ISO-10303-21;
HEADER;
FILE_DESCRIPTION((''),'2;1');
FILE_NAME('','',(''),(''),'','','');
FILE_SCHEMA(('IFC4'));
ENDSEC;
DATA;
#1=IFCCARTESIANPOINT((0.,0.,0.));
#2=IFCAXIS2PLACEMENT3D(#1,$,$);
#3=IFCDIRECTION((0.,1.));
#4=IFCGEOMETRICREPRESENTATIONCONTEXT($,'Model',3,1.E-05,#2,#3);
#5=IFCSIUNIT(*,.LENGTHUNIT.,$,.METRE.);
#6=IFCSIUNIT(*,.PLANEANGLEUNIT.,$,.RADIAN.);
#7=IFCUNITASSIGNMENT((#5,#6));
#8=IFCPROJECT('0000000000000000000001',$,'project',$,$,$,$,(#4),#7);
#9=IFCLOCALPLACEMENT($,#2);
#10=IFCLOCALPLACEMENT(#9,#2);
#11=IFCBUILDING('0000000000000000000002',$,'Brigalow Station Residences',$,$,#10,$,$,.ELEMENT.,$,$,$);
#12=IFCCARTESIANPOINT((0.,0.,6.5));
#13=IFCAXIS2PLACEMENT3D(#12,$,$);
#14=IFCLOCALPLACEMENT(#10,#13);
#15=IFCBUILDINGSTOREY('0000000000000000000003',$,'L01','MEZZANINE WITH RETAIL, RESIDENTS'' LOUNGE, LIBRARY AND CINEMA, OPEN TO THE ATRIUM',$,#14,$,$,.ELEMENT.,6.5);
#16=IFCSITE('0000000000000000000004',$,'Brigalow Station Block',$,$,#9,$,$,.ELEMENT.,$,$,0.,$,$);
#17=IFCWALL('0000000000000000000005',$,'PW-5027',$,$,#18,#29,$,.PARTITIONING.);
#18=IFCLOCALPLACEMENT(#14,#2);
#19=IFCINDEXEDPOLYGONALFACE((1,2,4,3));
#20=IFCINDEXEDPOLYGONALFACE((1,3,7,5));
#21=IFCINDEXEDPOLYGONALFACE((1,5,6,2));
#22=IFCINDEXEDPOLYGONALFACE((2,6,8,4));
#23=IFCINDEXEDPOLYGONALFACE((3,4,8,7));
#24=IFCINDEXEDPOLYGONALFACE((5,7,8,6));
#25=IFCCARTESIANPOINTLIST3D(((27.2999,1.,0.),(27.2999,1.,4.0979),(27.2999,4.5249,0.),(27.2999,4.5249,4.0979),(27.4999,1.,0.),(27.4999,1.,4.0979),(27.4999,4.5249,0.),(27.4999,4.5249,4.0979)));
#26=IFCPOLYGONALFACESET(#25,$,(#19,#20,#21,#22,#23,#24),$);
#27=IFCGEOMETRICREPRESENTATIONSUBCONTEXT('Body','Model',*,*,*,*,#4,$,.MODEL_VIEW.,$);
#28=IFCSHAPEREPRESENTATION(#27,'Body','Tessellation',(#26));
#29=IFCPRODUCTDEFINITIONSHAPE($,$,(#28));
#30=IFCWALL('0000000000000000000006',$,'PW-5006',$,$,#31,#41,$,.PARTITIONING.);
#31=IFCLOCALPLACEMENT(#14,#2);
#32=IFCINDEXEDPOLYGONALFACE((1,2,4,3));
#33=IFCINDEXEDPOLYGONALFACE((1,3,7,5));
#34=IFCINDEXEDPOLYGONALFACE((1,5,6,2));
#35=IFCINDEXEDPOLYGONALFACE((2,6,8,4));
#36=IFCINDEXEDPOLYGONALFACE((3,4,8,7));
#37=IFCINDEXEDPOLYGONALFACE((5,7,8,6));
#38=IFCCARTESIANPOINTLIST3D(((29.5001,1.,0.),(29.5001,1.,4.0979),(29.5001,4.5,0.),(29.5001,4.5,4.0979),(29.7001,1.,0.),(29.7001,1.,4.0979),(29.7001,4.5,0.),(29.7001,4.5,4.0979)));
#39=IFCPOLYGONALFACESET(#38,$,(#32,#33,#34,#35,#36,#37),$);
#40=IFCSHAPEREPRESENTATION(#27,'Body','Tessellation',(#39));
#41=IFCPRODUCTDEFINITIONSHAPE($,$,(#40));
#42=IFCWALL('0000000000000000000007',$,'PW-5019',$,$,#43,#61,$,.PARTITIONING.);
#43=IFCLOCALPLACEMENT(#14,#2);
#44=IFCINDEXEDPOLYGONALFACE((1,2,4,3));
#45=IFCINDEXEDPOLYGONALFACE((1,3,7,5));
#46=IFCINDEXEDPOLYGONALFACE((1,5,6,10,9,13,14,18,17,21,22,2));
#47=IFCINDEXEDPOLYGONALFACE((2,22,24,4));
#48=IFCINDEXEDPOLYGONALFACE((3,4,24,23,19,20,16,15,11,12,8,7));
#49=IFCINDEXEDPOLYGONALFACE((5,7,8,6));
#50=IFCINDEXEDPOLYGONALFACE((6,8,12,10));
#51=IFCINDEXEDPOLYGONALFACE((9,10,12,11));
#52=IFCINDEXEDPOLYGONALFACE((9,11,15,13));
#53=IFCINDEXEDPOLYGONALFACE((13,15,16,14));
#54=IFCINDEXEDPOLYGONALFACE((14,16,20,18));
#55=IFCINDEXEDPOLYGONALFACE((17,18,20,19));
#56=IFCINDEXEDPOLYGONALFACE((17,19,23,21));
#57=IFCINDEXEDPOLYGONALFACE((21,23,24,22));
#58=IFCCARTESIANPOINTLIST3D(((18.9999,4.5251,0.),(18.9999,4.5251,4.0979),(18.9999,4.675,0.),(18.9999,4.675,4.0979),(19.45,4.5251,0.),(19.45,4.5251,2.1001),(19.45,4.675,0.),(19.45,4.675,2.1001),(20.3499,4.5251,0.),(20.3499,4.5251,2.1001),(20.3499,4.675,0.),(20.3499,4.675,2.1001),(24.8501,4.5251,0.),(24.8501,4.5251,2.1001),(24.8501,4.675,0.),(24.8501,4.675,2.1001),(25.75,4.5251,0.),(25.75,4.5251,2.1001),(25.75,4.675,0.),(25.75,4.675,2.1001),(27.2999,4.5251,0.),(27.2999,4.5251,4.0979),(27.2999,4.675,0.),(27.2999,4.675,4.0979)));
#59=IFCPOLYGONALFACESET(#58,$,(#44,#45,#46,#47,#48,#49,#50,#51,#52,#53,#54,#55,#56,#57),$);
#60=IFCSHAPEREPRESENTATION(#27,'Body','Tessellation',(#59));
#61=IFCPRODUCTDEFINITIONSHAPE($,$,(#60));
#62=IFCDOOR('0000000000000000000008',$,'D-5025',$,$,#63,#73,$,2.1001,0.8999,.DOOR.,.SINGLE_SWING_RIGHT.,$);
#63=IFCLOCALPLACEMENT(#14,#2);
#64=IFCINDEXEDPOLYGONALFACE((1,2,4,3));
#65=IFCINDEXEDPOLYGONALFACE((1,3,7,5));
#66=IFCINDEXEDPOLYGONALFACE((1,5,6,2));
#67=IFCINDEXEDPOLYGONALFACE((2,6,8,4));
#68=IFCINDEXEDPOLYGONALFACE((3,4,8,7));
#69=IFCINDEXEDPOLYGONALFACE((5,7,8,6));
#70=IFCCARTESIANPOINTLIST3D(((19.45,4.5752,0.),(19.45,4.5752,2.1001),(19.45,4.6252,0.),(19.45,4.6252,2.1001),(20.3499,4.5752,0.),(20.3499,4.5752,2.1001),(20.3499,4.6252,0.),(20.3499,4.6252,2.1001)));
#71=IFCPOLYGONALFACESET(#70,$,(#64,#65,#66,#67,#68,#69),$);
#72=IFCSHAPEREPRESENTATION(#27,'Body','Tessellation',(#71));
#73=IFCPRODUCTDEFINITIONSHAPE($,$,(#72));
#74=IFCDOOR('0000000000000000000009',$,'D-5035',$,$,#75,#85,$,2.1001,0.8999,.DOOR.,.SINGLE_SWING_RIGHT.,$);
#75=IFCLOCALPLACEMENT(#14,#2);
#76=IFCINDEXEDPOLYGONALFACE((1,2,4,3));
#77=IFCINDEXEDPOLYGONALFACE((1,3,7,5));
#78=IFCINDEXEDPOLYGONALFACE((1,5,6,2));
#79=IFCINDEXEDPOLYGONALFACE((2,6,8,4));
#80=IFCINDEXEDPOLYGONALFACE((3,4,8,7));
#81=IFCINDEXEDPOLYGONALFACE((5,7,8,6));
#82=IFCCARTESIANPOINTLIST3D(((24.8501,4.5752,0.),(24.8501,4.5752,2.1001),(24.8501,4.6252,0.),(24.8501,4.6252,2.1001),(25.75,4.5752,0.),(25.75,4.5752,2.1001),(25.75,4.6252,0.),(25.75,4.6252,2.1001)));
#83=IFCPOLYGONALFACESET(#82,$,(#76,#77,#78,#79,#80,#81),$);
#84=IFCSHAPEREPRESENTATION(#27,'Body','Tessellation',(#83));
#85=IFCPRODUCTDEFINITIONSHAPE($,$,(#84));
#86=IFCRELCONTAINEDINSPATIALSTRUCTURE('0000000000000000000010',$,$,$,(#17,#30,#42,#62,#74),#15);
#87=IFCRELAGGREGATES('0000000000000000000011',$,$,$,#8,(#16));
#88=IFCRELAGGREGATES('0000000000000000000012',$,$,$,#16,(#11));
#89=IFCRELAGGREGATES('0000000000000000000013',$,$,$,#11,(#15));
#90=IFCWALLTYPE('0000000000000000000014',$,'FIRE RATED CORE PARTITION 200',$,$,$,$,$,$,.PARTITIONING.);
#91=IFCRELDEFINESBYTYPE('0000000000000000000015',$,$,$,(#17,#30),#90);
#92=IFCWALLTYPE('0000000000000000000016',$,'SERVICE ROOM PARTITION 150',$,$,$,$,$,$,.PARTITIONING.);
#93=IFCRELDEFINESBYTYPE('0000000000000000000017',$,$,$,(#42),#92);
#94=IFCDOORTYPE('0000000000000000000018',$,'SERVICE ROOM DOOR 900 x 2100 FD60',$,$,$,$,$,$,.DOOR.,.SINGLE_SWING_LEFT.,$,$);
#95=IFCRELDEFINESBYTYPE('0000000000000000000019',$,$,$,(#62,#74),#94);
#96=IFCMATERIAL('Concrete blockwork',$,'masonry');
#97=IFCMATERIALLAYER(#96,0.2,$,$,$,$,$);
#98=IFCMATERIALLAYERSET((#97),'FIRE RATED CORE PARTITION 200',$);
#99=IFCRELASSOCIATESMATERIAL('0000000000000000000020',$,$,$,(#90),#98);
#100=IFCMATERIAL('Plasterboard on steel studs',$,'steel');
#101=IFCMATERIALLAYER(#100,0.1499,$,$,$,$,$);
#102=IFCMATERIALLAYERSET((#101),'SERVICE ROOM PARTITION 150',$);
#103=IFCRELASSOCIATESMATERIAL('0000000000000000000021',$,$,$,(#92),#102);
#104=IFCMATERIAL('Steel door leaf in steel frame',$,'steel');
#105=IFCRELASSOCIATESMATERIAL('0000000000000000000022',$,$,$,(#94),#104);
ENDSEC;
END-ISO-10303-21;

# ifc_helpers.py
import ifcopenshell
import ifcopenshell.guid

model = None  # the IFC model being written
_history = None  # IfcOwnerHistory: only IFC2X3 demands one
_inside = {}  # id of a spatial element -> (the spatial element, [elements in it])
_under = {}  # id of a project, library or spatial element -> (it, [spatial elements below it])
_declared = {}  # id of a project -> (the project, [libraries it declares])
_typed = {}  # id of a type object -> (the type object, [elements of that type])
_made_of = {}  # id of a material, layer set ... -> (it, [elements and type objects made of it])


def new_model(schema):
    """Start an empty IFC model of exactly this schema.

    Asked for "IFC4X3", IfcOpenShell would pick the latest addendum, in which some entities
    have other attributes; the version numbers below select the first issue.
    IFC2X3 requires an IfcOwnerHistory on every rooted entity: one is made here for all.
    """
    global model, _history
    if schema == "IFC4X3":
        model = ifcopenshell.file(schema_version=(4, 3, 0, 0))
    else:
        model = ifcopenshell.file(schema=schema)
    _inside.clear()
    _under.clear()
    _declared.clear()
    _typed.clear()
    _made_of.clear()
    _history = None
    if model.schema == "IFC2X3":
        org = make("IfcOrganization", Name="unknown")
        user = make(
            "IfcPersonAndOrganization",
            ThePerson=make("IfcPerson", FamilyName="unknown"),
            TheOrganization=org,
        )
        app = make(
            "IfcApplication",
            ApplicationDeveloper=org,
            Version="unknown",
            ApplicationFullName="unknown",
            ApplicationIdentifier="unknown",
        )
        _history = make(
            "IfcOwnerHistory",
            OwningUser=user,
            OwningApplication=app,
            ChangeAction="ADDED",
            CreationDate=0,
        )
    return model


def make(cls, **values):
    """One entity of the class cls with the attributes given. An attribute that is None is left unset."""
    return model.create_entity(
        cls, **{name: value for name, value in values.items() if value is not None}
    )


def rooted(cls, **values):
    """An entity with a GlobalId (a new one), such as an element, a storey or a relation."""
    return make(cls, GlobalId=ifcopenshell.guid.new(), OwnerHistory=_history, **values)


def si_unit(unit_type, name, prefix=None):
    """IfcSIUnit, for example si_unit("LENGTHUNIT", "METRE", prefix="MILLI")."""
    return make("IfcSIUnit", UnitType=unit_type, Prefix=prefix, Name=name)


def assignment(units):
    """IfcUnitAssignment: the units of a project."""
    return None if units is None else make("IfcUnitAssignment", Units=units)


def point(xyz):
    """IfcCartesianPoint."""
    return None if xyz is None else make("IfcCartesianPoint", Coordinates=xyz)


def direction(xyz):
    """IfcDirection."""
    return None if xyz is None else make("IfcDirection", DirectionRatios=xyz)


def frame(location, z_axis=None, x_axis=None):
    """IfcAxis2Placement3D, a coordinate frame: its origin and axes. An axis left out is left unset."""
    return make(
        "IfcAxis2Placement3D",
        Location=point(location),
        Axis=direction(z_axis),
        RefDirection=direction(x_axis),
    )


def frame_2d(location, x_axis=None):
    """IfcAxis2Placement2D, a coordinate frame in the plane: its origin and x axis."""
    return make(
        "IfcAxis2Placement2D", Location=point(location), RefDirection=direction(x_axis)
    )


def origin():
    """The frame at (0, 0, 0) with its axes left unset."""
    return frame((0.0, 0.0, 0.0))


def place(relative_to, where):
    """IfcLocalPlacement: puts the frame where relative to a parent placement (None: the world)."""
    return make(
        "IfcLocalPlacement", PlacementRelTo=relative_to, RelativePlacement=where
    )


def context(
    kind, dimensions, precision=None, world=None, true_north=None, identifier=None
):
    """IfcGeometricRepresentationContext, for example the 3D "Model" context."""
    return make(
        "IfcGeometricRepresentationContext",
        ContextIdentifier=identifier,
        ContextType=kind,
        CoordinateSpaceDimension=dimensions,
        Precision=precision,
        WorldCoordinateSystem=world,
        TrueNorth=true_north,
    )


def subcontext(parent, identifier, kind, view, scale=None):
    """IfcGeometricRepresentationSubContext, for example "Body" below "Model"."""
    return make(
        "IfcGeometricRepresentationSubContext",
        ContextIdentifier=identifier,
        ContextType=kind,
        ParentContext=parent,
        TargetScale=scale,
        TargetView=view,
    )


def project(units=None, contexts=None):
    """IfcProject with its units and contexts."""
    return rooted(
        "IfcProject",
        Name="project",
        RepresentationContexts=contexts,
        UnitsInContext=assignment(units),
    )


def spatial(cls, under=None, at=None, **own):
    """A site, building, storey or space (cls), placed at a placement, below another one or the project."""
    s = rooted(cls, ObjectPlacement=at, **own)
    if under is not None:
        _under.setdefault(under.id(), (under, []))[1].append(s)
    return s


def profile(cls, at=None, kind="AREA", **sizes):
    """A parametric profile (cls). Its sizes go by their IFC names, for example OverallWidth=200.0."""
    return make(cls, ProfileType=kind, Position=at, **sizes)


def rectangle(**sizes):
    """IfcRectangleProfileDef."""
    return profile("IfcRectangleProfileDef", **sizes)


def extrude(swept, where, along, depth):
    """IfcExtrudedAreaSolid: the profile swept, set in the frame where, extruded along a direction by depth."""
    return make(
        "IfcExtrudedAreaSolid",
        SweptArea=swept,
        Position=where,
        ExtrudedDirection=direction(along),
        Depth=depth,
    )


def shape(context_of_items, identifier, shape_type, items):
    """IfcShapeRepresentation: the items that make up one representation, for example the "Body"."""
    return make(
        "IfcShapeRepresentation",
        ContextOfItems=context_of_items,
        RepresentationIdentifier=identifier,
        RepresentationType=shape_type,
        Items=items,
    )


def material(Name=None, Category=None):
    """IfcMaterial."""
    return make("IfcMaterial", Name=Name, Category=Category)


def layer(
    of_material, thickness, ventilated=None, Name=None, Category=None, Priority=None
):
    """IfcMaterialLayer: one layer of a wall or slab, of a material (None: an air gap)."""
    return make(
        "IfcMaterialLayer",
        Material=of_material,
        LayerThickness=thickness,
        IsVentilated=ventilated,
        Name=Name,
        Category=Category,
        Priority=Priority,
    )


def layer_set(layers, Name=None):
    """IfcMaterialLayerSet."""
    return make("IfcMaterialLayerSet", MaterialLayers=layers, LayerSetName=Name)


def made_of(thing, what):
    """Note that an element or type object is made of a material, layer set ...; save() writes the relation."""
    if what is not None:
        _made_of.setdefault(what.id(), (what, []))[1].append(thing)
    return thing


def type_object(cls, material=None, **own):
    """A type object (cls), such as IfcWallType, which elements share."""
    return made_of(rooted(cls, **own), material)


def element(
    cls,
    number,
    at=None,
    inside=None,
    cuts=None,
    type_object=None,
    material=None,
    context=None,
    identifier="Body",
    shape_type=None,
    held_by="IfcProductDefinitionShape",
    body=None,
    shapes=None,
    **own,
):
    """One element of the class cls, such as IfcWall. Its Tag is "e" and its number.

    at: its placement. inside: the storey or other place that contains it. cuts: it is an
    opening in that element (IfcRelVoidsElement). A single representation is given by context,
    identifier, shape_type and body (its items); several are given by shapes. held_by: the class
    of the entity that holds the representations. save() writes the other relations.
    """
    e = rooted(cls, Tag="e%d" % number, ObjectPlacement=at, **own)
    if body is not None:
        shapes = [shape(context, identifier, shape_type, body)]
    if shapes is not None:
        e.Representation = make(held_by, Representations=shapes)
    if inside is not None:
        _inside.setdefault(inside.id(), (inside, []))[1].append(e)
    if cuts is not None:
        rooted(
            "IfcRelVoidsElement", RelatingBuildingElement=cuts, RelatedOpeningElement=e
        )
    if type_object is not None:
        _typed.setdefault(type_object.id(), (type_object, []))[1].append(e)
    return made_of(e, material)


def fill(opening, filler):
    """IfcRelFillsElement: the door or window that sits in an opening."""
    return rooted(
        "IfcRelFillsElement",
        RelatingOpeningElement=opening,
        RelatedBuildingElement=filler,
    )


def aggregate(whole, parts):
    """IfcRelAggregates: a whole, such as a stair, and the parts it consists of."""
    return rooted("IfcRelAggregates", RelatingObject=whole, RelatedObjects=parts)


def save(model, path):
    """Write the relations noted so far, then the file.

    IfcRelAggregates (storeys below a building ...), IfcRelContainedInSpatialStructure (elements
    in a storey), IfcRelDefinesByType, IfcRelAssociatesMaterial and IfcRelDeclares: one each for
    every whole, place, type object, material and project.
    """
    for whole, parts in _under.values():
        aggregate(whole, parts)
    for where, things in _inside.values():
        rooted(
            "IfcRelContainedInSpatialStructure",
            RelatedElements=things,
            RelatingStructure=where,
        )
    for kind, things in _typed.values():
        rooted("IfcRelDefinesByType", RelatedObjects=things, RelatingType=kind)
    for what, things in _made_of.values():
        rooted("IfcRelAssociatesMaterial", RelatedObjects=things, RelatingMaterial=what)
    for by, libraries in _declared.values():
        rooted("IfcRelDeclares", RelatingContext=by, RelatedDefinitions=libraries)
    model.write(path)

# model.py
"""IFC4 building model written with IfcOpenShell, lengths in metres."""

from ifc_helpers import new_model, si_unit, direction, frame, frame_2d, origin, place, context, subcontext, project, spatial, rectangle, extrude, material, layer, layer_set, type_object, element, fill, save


model = new_model("IFC4")

# Units and contexts
model_context = context("Model", 3, precision=1e-05, world=origin(), true_north=direction((0.0, 1.0)))
body_context = subcontext(model_context, "Body", "Model", "MODEL_VIEW")
ifc_project = project(units=[si_unit("LENGTHUNIT", "METRE"), si_unit("PLANEANGLEUNIT", "RADIAN")], contexts=[model_context])

# Site, building, storey
site_placement = place(None, origin())
site = spatial("IfcSite", under=ifc_project, at=site_placement, Name="Brigalow Station Block", CompositionType="ELEMENT", RefElevation=0.0)
building_placement = place(site_placement, origin())
building = spatial("IfcBuilding", under=site, at=building_placement, Name="Brigalow Station Residences", CompositionType="ELEMENT")
storey_placement = place(building_placement, frame((0.0, 0.0, 6.5)))
storey = spatial("IfcBuildingStorey", under=building, at=storey_placement, Name="L01", Description="MEZZANINE WITH RETAIL, RESIDENTS' LOUNGE, LIBRARY AND CINEMA, OPEN TO THE ATRIUM", CompositionType="ELEMENT", Elevation=6.5)

# Shared definitions
ifc_material_1 = material(Name="Concrete blockwork", Category="masonry")
ifc_layer_1 = layer(ifc_material_1, 0.2)
ifc_layer_set_1 = layer_set([ifc_layer_1], Name="FIRE RATED CORE PARTITION 200")
wall_type_1 = type_object("IfcWallType", Name="FIRE RATED CORE PARTITION 200", PredefinedType="PARTITIONING", material=ifc_layer_set_1)

# Walls
wall_1_placement = place(storey_placement, frame((27.3999, 1.0, 0.0), z_axis=(0.0, 0.0, 1.0), x_axis=(0.0, 1.0, 0.0)))
element("IfcWall", 1, at=wall_1_placement, inside=storey, type_object=wall_type_1, Name="PW-5027", PredefinedType="PARTITIONING", context=body_context, shape_type="SweptSolid", body=[
    extrude(rectangle(XDim=3.5249, YDim=0.2, at=frame_2d((1.7625, 0.0))), origin(), (0.0, 0.0, 1.0), 4.0979),
])
wall_2_placement = place(storey_placement, frame((29.6001, 1.0, 0.0), z_axis=(0.0, 0.0, 1.0), x_axis=(0.0, 1.0, 0.0)))
element("IfcWall", 2, at=wall_2_placement, inside=storey, type_object=wall_type_1, Name="PW-5006", PredefinedType="PARTITIONING", context=body_context, shape_type="SweptSolid", body=[
    extrude(rectangle(XDim=3.5, YDim=0.2, at=frame_2d((1.75, 0.0))), origin(), (0.0, 0.0, 1.0), 4.0979),
])

# Wall, openings, doors
ifc_material_2 = material(Name="Plasterboard on steel studs", Category="steel")
ifc_layer_2 = layer(ifc_material_2, 0.1499)
ifc_layer_set_2 = layer_set([ifc_layer_2], Name="SERVICE ROOM PARTITION 150")
wall_type_2 = type_object("IfcWallType", Name="SERVICE ROOM PARTITION 150", PredefinedType="PARTITIONING", material=ifc_layer_set_2)
wall_3_placement = place(storey_placement, frame((19.0, 4.6001, 0.0), z_axis=(0.0, 0.0, 1.0), x_axis=(1.0, 0.0, 0.0)))
wall_3 = element("IfcWall", 3, at=wall_3_placement, inside=storey, type_object=wall_type_2, Name="PW-5019", PredefinedType="PARTITIONING", context=body_context, shape_type="SweptSolid", body=[
    extrude(rectangle(XDim=8.3, YDim=0.1499, at=frame_2d((4.1499, 0.0))), origin(), (0.0, 0.0, 1.0), 4.0979),
])
opening_1_placement = place(wall_3_placement, frame((0.45, 0.0, 0.0)))
opening_1 = element("IfcOpeningElement", 4, at=opening_1_placement, cuts=wall_3, PredefinedType="OPENING", context=body_context, shape_type="SweptSolid", body=[
    extrude(rectangle(XDim=0.8999, YDim=2.1001, at=frame_2d((0.45, 1.05))), frame((0.0, 0.085, 0.0), z_axis=(0.0, -1.0, 0.0), x_axis=(1.0, 0.0, 0.0)), (0.0, 0.0, 1.0), 0.1699),
])
opening_2_placement = place(wall_3_placement, frame((5.8501, 0.0, 0.0)))
opening_2 = element("IfcOpeningElement", 5, at=opening_2_placement, cuts=wall_3, PredefinedType="OPENING", context=body_context, shape_type="SweptSolid", body=[
    extrude(rectangle(XDim=0.8999, YDim=2.1001, at=frame_2d((0.45, 1.05))), frame((0.0, 0.085, 0.0), z_axis=(0.0, -1.0, 0.0), x_axis=(1.0, 0.0, 0.0)), (0.0, 0.0, 1.0), 0.1699),
])
ifc_material_3 = material(Name="Steel door leaf in steel frame", Category="steel")
door_type_1 = type_object("IfcDoorType", Name="SERVICE ROOM DOOR 900 x 2100 FD60", OperationType="SINGLE_SWING_LEFT", PredefinedType="DOOR", material=ifc_material_3)
door_1_placement = place(opening_1_placement, frame((0.8999, 0.0, 0.0), z_axis=(0.0, 0.0, 1.0), x_axis=(-1.0, 0.0, 0.0)))
door_1 = element("IfcDoor", 6, at=door_1_placement, inside=storey, type_object=door_type_1, Name="D-5025", OperationType="SINGLE_SWING_RIGHT", OverallHeight=2.1001, OverallWidth=0.8999, PredefinedType="DOOR", context=body_context, shape_type="SweptSolid", body=[
    extrude(rectangle(XDim=0.8999, YDim=2.1001, at=frame_2d((0.45, 1.05))), frame((0.0, 0.0249, 0.0), z_axis=(0.0, -1.0, 0.0), x_axis=(1.0, 0.0, 0.0)), (0.0, 0.0, 1.0), 0.05),
])
fill(opening_1, door_1)
door_2_placement = place(opening_2_placement, frame((0.8999, 0.0, 0.0), z_axis=(0.0, 0.0, 1.0), x_axis=(-1.0, 0.0, 0.0)))
door_2 = element("IfcDoor", 7, at=door_2_placement, inside=storey, type_object=door_type_1, Name="D-5035", OperationType="SINGLE_SWING_RIGHT", OverallHeight=2.1001, OverallWidth=0.8999, PredefinedType="DOOR", context=body_context, shape_type="SweptSolid", body=[
    extrude(rectangle(XDim=0.8999, YDim=2.1001, at=frame_2d((0.45, 1.05))), frame((0.0, 0.0249, 0.0), z_axis=(0.0, -1.0, 0.0), x_axis=(1.0, 0.0, 0.0)), (0.0, 0.0, 1.0), 0.05),
])
fill(opening_2, door_2)

save(model, "model.ifc")
